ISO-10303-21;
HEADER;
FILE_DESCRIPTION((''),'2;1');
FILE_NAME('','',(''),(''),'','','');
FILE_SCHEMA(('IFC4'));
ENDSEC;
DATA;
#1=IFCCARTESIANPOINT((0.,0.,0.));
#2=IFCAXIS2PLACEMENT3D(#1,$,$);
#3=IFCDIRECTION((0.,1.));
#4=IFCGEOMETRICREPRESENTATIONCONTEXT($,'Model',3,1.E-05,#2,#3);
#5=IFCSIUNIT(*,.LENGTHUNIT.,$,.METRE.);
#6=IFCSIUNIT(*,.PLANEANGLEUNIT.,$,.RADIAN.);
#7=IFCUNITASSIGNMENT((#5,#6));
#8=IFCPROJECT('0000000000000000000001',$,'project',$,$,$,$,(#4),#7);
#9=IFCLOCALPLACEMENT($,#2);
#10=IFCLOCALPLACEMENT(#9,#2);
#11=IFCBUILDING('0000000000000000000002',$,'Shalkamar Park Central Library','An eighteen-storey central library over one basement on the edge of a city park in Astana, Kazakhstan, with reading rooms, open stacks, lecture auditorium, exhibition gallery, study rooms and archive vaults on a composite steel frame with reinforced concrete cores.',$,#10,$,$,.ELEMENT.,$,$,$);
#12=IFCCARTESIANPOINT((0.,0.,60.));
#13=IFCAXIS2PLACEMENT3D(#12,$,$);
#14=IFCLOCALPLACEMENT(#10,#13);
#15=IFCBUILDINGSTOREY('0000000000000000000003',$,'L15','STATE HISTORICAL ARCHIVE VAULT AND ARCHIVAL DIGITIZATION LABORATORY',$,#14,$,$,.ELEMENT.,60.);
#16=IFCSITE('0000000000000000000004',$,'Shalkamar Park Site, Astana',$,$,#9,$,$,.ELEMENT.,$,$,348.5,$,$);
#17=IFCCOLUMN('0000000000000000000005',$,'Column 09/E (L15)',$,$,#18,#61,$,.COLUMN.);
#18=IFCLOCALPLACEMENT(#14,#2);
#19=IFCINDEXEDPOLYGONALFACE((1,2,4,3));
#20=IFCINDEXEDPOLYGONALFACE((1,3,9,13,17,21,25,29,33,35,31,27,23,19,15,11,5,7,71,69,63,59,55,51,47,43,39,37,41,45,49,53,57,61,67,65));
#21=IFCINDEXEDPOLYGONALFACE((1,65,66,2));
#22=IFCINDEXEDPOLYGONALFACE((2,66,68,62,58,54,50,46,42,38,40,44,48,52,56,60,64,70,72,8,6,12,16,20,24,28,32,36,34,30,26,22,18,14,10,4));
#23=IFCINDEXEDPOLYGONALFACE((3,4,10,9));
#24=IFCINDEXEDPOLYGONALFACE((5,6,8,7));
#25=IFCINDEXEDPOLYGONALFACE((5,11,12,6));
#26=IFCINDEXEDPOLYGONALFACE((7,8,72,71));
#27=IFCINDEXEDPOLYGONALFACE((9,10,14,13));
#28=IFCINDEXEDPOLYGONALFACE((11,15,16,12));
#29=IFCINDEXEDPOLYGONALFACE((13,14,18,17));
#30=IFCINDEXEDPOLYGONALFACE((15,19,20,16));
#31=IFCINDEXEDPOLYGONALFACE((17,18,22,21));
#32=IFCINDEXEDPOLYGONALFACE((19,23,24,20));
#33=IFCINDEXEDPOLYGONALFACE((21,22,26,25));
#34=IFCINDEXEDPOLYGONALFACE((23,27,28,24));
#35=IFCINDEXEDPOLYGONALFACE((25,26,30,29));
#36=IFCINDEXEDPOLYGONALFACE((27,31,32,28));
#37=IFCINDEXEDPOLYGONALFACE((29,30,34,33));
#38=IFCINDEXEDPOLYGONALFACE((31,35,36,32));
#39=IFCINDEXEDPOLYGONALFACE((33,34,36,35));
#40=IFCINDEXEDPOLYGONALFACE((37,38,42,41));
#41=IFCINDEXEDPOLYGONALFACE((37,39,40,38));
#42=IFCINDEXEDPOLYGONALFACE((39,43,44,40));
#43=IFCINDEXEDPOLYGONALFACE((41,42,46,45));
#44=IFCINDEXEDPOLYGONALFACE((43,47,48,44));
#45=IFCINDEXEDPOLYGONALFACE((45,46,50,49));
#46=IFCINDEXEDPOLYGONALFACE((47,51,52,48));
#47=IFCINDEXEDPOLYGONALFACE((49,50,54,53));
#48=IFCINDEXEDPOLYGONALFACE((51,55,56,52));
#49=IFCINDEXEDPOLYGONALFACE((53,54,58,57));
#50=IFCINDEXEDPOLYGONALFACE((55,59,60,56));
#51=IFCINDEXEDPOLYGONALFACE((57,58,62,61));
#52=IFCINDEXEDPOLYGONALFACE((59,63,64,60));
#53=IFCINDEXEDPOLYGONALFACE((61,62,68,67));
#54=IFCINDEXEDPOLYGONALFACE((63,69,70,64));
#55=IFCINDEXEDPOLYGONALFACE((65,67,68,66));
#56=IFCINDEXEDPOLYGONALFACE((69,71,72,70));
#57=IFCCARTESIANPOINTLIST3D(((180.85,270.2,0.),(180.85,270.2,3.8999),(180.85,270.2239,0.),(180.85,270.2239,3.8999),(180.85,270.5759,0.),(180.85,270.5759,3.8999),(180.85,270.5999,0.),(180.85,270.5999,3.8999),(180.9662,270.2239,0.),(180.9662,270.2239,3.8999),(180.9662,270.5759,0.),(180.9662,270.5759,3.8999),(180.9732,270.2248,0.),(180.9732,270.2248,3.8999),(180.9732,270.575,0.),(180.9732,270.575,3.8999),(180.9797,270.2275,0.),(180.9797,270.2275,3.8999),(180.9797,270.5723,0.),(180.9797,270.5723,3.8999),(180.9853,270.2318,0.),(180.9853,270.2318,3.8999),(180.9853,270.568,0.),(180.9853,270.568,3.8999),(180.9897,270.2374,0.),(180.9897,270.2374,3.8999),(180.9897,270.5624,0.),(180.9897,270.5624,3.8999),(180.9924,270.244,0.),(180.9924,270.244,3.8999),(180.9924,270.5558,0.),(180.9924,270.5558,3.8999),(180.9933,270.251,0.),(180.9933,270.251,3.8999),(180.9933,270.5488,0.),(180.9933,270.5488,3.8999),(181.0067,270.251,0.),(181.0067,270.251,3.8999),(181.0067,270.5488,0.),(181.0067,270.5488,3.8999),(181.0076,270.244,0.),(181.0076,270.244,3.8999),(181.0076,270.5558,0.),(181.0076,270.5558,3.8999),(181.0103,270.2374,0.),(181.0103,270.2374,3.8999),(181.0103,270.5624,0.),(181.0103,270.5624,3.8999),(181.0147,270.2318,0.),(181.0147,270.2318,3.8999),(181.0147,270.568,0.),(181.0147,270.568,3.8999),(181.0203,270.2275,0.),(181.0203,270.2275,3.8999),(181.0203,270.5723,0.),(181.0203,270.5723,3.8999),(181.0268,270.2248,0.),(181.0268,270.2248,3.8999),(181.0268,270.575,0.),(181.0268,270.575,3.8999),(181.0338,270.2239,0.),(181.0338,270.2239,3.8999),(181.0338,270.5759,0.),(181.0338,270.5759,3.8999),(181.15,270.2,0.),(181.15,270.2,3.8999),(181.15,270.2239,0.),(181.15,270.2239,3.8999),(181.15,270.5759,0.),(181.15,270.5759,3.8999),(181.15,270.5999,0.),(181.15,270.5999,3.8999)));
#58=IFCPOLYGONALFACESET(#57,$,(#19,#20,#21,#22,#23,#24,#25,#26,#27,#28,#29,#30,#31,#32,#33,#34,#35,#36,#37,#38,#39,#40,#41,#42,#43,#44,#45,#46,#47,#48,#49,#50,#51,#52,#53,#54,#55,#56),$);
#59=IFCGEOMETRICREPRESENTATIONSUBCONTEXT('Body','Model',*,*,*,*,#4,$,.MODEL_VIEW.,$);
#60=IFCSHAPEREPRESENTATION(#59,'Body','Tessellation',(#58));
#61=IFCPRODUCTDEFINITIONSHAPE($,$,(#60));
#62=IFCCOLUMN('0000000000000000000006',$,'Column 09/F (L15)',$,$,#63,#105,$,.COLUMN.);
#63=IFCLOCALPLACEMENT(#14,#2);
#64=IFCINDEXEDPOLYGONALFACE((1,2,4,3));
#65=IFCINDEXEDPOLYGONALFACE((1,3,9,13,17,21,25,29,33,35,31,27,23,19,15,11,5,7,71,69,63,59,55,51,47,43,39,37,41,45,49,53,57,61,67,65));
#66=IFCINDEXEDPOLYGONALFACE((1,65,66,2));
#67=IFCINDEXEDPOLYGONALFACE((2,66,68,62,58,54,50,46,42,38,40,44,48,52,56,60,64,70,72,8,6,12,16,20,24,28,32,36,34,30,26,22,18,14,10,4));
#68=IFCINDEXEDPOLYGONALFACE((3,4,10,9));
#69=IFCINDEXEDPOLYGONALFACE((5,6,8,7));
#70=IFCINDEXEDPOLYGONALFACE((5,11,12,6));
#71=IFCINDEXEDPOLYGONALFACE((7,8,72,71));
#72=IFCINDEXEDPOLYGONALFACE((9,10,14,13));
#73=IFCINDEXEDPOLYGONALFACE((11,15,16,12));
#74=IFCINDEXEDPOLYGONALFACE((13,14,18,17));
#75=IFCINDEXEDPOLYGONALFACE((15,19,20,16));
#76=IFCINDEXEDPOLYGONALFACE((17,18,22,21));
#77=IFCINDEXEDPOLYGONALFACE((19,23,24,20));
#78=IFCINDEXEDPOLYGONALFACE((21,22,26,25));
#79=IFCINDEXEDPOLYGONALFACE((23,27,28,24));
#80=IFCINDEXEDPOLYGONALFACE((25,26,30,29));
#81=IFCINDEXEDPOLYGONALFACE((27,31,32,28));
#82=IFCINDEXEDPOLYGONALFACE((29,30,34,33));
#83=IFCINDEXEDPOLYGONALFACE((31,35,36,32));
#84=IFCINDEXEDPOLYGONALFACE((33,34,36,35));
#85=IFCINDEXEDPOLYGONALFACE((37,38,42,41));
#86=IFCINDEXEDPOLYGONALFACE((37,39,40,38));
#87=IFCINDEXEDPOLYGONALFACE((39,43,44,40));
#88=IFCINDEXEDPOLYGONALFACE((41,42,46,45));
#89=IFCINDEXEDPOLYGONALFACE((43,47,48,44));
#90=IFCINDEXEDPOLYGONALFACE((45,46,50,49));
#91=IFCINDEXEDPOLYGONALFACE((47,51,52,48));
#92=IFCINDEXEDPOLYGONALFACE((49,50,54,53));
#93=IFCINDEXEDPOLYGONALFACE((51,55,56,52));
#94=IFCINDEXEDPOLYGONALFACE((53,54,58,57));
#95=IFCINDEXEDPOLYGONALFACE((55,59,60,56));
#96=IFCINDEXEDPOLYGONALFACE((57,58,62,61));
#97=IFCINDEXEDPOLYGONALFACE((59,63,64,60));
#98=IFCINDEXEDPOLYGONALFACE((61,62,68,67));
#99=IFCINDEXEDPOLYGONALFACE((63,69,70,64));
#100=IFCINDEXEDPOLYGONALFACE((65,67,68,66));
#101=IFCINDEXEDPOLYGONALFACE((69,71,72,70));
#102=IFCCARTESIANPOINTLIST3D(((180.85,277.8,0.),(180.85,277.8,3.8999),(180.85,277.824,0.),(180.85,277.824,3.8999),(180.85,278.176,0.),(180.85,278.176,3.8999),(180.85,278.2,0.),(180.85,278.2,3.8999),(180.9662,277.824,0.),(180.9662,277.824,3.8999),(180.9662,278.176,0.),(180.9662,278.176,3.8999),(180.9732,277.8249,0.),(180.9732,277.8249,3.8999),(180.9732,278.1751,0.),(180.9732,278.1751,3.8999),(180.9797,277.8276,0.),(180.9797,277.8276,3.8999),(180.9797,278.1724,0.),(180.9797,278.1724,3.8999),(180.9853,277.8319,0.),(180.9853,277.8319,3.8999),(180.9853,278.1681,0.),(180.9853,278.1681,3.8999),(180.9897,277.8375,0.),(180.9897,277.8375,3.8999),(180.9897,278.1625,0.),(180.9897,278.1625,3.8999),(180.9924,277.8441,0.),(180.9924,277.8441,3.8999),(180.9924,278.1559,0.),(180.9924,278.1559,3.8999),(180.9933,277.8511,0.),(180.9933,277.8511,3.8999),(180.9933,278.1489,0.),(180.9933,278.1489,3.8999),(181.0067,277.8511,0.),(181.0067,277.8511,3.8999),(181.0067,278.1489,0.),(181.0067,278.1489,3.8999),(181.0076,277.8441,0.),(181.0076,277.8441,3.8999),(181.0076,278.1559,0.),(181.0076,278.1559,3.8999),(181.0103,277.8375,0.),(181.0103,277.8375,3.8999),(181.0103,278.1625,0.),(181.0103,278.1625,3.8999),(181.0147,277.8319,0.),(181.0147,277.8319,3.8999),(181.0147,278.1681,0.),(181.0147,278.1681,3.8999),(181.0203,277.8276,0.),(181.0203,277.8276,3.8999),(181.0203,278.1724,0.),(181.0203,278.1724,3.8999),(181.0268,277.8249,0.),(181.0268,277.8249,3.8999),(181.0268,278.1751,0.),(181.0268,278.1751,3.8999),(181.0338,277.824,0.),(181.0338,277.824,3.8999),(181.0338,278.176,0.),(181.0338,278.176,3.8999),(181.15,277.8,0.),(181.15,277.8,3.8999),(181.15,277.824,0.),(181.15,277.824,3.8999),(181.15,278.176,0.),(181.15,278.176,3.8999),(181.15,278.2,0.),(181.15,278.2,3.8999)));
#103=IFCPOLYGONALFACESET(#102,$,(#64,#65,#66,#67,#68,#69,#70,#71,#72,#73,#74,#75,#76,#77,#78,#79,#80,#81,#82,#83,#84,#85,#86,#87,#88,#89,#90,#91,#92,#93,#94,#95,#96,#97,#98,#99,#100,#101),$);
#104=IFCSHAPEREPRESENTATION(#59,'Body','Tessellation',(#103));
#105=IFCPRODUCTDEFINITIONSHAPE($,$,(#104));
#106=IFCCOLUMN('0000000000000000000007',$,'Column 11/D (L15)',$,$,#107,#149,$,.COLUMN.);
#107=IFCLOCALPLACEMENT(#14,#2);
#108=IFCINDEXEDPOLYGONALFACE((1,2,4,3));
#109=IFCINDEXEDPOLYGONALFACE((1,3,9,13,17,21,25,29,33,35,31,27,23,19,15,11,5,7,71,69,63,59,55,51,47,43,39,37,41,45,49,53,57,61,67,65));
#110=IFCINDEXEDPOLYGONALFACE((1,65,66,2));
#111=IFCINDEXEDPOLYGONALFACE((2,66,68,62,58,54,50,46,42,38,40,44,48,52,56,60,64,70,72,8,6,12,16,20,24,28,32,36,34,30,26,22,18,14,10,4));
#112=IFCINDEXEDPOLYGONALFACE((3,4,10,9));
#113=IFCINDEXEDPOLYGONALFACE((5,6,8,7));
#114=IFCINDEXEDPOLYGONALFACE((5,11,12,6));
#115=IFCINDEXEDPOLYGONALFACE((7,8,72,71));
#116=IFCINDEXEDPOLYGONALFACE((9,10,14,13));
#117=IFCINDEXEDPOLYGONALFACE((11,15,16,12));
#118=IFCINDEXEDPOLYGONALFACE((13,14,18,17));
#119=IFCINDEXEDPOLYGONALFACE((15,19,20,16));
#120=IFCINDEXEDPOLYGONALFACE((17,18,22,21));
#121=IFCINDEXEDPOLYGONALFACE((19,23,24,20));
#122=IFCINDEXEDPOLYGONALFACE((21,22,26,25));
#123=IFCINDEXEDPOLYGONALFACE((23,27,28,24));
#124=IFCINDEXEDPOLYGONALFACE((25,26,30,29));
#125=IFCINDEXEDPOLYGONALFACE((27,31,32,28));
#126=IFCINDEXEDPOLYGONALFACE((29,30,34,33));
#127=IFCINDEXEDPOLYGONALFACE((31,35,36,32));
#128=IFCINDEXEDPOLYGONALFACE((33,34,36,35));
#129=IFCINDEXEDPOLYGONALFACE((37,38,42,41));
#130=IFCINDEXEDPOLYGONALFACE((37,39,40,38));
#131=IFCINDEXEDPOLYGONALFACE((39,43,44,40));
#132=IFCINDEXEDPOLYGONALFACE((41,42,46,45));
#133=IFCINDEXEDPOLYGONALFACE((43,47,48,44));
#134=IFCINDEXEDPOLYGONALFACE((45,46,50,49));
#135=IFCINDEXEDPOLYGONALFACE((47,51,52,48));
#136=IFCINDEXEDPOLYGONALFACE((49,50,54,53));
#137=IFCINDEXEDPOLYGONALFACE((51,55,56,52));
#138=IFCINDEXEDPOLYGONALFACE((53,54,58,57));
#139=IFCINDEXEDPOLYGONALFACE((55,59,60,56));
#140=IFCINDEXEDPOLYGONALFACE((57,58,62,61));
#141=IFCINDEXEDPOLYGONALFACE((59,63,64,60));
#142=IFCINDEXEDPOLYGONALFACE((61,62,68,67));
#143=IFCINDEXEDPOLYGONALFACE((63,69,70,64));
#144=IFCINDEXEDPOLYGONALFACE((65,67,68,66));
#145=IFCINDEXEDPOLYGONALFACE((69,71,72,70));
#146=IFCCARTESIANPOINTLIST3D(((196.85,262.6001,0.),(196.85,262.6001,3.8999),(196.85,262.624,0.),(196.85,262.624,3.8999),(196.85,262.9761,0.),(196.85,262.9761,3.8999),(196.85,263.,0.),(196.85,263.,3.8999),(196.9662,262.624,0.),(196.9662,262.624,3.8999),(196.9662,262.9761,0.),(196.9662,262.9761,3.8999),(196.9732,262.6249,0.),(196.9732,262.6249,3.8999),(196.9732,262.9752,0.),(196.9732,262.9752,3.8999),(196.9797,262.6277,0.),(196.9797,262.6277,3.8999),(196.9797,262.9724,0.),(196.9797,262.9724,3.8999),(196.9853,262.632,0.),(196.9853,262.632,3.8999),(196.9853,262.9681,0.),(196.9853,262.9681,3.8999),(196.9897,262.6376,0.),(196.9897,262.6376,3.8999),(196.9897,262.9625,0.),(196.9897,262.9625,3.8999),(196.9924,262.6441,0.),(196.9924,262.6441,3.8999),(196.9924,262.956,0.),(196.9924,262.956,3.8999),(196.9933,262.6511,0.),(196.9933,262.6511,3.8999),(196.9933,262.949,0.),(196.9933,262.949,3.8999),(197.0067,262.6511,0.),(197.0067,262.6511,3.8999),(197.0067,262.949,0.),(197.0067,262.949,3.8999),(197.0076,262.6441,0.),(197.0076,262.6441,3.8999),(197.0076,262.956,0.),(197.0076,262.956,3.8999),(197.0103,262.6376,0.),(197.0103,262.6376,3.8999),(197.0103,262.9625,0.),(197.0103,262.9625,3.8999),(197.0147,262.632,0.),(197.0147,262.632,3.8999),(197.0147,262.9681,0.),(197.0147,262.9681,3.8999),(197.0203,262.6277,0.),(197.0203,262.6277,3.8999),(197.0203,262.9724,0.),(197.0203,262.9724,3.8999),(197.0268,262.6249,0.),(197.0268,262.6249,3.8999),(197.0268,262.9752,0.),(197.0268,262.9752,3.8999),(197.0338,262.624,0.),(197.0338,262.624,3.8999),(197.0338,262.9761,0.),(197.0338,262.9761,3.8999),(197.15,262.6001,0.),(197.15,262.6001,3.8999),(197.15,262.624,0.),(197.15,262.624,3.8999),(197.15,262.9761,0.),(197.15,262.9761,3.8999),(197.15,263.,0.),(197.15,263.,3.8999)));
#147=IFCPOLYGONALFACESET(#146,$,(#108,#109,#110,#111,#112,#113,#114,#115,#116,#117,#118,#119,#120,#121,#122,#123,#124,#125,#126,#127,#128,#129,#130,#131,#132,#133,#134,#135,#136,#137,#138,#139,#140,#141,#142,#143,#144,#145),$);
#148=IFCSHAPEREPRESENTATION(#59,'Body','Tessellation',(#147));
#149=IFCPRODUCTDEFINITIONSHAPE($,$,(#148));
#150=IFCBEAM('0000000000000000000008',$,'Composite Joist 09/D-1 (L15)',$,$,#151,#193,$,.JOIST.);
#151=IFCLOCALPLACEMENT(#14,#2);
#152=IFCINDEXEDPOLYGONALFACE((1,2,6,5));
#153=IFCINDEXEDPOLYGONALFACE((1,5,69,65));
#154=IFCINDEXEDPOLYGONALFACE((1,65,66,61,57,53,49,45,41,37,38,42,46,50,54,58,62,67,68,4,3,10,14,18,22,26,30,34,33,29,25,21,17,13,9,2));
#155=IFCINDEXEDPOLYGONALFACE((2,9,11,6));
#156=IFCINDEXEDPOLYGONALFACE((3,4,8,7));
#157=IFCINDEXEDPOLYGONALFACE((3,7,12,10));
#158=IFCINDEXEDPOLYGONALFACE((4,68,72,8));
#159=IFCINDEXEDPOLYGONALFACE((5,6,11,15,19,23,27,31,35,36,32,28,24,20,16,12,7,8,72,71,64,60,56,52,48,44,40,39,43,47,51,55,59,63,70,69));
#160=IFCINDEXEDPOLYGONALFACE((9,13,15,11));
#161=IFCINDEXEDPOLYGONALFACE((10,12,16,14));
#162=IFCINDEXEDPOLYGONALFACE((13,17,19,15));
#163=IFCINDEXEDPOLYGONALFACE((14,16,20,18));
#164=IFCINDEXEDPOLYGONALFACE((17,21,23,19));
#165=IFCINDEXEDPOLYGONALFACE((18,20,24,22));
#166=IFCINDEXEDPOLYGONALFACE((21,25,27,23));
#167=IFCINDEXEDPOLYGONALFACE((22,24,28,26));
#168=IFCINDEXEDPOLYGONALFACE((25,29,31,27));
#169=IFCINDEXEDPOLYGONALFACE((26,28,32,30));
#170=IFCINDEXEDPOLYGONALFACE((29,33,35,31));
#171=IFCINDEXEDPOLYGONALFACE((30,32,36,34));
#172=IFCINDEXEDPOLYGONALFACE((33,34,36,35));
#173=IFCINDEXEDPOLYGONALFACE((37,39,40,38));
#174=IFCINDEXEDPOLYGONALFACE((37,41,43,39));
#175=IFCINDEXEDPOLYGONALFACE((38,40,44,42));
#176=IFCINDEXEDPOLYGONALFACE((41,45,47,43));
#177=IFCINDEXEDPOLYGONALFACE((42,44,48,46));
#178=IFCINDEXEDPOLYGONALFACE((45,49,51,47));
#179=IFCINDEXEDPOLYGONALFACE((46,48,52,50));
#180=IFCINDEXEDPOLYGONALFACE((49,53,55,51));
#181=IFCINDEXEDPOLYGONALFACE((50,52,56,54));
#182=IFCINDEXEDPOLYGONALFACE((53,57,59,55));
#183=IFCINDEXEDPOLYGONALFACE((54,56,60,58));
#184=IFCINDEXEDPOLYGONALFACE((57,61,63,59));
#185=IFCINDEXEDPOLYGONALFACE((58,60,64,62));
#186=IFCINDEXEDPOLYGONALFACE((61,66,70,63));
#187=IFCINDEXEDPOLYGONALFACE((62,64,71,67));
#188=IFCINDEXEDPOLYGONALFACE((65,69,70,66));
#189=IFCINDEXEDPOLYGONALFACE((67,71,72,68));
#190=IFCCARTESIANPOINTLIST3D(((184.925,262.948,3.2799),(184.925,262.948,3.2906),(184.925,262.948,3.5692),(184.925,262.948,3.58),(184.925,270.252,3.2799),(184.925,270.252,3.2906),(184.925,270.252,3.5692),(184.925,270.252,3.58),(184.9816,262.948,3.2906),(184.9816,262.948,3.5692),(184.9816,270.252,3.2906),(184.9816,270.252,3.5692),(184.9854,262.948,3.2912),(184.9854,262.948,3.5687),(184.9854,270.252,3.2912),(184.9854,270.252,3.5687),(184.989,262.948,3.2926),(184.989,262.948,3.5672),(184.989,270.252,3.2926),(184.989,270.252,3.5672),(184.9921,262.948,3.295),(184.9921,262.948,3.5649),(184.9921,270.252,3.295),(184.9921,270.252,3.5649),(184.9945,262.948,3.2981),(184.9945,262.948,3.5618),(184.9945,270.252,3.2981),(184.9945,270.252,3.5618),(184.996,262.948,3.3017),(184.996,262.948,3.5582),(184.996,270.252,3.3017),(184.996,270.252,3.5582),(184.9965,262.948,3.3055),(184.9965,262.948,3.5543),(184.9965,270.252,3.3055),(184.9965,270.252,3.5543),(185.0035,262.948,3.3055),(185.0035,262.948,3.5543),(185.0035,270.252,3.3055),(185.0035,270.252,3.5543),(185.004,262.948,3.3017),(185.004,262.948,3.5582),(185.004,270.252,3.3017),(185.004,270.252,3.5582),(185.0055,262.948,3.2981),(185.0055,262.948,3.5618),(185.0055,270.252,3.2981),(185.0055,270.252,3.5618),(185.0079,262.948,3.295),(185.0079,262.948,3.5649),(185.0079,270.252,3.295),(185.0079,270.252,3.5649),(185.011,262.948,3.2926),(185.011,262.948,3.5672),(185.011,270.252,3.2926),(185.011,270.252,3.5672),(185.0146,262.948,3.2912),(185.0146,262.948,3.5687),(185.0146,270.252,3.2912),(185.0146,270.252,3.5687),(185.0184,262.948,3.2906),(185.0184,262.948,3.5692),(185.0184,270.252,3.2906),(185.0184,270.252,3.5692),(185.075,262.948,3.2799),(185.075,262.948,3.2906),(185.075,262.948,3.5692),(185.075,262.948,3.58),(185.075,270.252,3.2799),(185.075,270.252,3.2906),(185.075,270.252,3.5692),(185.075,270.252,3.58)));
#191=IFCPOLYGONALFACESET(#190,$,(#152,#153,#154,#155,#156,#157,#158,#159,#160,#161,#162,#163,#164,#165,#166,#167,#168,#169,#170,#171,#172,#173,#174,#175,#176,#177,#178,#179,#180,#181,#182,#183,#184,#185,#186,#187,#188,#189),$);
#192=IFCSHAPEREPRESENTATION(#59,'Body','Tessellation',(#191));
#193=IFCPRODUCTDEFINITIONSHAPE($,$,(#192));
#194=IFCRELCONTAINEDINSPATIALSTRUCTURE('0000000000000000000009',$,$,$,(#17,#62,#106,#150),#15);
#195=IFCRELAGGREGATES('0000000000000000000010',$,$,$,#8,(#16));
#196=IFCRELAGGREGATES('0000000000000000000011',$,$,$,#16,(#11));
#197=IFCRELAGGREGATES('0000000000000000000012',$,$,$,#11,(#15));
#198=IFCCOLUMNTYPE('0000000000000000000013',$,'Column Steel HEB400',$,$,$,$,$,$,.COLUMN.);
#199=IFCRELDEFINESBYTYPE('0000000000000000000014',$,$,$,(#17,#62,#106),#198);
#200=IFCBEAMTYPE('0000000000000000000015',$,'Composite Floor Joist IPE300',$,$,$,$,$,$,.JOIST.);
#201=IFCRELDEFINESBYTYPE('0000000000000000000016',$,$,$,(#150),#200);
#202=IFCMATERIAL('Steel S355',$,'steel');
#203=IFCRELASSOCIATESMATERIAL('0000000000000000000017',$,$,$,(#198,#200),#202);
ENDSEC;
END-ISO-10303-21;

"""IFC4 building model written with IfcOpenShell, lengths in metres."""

from ifc_helpers import new_model, si_unit, direction, frame, origin, origin_2d, place, context, subcontext, project, spatial, i_section, extrude, material, material_profile, profile_set, type_object, element, save


model = new_model("IFC4")

# Units and contexts
model_context = context("Model", 3, precision=1e-05, world=origin(), true_north=direction((0.0, 1.0)))
body_context = subcontext(model_context, "Body", "Model", "MODEL_VIEW")
ifc_project = project(units=[si_unit("LENGTHUNIT", "METRE"), si_unit("PLANEANGLEUNIT", "RADIAN")], contexts=[model_context])

# Site, building, storey
site_placement = place(None, origin())
site = spatial("IfcSite", under=ifc_project, at=site_placement, Name="Shalkamar Park Site, Astana", CompositionType="ELEMENT", RefElevation=348.5)
building_placement = place(site_placement, origin())
building = spatial("IfcBuilding", under=site, at=building_placement, Name="Shalkamar Park Central Library", Description="An eighteen-storey central library over one basement on the edge of a city park in Astana, Kazakhstan, with reading rooms, open stacks, lecture auditorium, exhibition gallery, study rooms and archive vaults on a composite steel frame with reinforced concrete cores.", CompositionType="ELEMENT")
storey_placement = place(building_placement, frame((0.0, 0.0, 60.0)))
storey = spatial("IfcBuildingStorey", under=building, at=storey_placement, Name="L15", Description="STATE HISTORICAL ARCHIVE VAULT AND ARCHIVAL DIGITIZATION LABORATORY", CompositionType="ELEMENT", Elevation=60.0)

# Columns
ifc_material_1 = material(Name="Steel S355", Category="steel")
ifc_material_profile_1 = material_profile(ifc_material_1, i_section(OverallWidth=0.3, OverallDepth=0.3999, WebThickness=0.0134, FlangeThickness=0.0239, FilletRadius=0.0271, at=origin_2d()), Name="HEB 400")
ifc_profile_set_1 = profile_set([ifc_material_profile_1], Name="Steel S355")
column_type_1 = type_object("IfcColumnType", Name="Column Steel HEB400", PredefinedType="COLUMN", material=ifc_profile_set_1)
for number, where, z_axis, x_axis, name in (
    (1, (181.0, 270.3999, 0.0), (0.0, 0.0, 1.0), (1.0, 0.0, 0.0), "Column 09/E (L15)"),
    (2, (181.0, 278.0, 0.0), (0.0, 0.0, 1.0), (1.0, 0.0, 0.0), "Column 09/F (L15)"),
    (3, (197.0, 262.8, 0.0), (0.0, 0.0, 1.0), (1.0, 0.0, 0.0), "Column 11/D (L15)"),
):
    element("IfcColumn", number, at=place(storey_placement, frame(where, z_axis=z_axis, x_axis=x_axis)), inside=storey, type_object=column_type_1, Name=name, PredefinedType="COLUMN", context=body_context, shape_type="SweptSolid", body=[
        extrude(i_section(OverallWidth=0.3, OverallDepth=0.3999, WebThickness=0.0134, FlangeThickness=0.0239, FilletRadius=0.0271, at=origin_2d()), origin(), (0.0, 0.0, 1.0), 3.8999),
    ])

# Beam
ifc_material_profile_2 = material_profile(ifc_material_1, i_section(OverallWidth=0.1499, OverallDepth=0.3, WebThickness=0.0071, FlangeThickness=0.0107, FilletRadius=0.0149, at=origin_2d()), Name="IPE 300")
ifc_profile_set_2 = profile_set([ifc_material_profile_2], Name="Steel S355")
beam_type_1 = type_object("IfcBeamType", Name="Composite Floor Joist IPE300", PredefinedType="JOIST", material=ifc_profile_set_2)
for number, where, z_axis, x_axis, name in (
    (4, (185.0, 262.948, 3.4299), (0.0, 1.0, 0.0), (-1.0, 0.0, 0.0), "Composite Joist 09/D-1 (L15)"),
):
    element("IfcBeam", number, at=place(storey_placement, frame(where, z_axis=z_axis, x_axis=x_axis)), inside=storey, type_object=beam_type_1, Name=name, PredefinedType="JOIST", context=body_context, shape_type="SweptSolid", body=[
        extrude(i_section(OverallWidth=0.1499, OverallDepth=0.3, WebThickness=0.0071, FlangeThickness=0.0107, FilletRadius=0.0149, at=origin_2d()), origin(), (0.0, 0.0, 1.0), 7.304),
    ])

save(model, "model.ifc")
